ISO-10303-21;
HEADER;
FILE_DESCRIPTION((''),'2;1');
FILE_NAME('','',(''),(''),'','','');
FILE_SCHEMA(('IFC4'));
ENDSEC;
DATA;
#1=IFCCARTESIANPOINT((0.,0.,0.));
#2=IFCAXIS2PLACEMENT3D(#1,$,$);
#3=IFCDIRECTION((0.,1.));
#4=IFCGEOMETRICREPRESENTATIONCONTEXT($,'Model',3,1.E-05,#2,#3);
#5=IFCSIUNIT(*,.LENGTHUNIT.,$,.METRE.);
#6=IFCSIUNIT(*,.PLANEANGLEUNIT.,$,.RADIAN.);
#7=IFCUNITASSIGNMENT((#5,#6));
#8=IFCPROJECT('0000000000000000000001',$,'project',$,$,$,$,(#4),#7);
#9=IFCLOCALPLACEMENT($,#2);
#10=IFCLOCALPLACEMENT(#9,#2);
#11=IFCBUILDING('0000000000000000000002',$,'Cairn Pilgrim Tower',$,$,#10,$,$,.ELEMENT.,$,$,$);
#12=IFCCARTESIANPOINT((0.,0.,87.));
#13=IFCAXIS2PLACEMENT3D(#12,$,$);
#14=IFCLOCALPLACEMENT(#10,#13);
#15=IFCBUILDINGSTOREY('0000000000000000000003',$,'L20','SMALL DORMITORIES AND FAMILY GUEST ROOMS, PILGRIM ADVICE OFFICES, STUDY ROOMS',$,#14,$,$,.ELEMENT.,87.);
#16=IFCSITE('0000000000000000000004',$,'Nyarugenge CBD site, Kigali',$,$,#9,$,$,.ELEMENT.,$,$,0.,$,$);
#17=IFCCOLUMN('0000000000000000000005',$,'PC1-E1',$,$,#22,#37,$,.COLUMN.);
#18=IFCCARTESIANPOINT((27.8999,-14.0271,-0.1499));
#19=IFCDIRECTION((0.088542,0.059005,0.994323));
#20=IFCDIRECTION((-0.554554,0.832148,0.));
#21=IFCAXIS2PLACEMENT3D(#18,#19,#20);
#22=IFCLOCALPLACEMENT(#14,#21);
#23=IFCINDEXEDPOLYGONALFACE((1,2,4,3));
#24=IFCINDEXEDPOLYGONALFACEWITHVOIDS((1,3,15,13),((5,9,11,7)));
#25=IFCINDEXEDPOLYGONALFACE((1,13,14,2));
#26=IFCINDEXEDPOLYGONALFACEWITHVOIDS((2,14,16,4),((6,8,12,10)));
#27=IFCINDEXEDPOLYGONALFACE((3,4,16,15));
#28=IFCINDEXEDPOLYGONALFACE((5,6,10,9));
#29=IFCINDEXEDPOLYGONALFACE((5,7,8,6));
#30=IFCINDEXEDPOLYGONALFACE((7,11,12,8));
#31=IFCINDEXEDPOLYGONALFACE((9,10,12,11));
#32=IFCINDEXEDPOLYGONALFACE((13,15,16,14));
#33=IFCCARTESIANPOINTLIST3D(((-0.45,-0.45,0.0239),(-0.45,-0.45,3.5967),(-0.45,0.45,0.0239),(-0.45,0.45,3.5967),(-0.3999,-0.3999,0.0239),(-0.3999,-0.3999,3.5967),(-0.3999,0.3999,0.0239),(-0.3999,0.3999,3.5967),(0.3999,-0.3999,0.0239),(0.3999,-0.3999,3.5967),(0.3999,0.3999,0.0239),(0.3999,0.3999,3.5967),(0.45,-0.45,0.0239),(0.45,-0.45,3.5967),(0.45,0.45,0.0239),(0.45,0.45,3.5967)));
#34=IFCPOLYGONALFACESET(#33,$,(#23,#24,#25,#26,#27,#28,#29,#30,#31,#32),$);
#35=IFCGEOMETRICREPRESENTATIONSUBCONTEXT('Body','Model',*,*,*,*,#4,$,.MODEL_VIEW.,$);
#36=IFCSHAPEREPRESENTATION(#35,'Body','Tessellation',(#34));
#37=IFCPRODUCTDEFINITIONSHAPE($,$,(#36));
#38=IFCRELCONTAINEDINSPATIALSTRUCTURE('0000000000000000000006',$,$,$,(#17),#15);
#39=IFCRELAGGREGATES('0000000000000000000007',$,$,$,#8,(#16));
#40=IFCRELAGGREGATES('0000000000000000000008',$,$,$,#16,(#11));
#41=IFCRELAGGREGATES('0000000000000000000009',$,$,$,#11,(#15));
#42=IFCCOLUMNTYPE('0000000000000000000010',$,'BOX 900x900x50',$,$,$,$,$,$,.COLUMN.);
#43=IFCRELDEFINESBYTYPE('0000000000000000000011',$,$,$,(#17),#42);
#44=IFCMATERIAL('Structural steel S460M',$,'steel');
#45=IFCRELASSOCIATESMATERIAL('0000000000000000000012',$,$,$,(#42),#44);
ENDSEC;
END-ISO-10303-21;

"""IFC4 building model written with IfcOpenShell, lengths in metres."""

from ifc_helpers import new_model, si_unit, direction, frame, origin, origin_2d, place, context, subcontext, project, spatial, hollow_rectangle, extrude, clip, halfspace, material, material_profile, profile_set, type_object, element, save


model = new_model("IFC4")

# Units and contexts
model_context = context("Model", 3, precision=1e-05, world=origin(), true_north=direction((0.0, 1.0)))
body_context = subcontext(model_context, "Body", "Model", "MODEL_VIEW")
ifc_project = project(units=[si_unit("LENGTHUNIT", "METRE"), si_unit("PLANEANGLEUNIT", "RADIAN")], contexts=[model_context])

# Site, building, storey
site_placement = place(None, origin())
site = spatial("IfcSite", under=ifc_project, at=site_placement, Name="Nyarugenge CBD site, Kigali", CompositionType="ELEMENT", RefElevation=0.0)
building_placement = place(site_placement, origin())
building = spatial("IfcBuilding", under=site, at=building_placement, Name="Cairn Pilgrim Tower", CompositionType="ELEMENT")
storey_placement = place(building_placement, frame((0.0, 0.0, 87.0)))
storey = spatial("IfcBuildingStorey", under=building, at=storey_placement, Name="L20", Description="SMALL DORMITORIES AND FAMILY GUEST ROOMS, PILGRIM ADVICE OFFICES, STUDY ROOMS", CompositionType="ELEMENT", Elevation=87.0)

# Column
ifc_material_1 = material(Name="Structural steel S460M", Category="steel")
ifc_material_profile_1 = material_profile(ifc_material_1, hollow_rectangle(XDim=0.8999, YDim=0.8999, WallThickness=0.05, at=origin_2d()), Name="BOX 900x900x50")
ifc_profile_set_1 = profile_set([ifc_material_profile_1], Name="Structural steel S460M")
column_type_1 = type_object("IfcColumnType", Name="BOX 900x900x50", PredefinedType="COLUMN", material=ifc_profile_set_1)
column_1_placement = place(storey_placement, frame((27.8999, -14.0271, -0.1499), z_axis=(0.088542, 0.059005, 0.994323), x_axis=(-0.554554, 0.832148, 0.0)))
element("IfcColumn", 1, at=column_1_placement, inside=storey, type_object=column_type_1, Name="PC1-E1", PredefinedType="COLUMN", context=body_context, shape_type="Clipping", body=[
    clip(clip(extrude(hollow_rectangle(XDim=0.8999, YDim=0.8999, WallThickness=0.05, at=origin_2d()), origin(), (0.0, 0.0, 1.0), 3.6204), halfspace(frame((0.0, 0.0, 0.0239), z_axis=(0.0, 0.0, 1.0), x_axis=(1.0, 0.0, 0.0)), True)), halfspace(frame((0.0, 0.0, 3.5967), z_axis=(0.0, 0.0, 1.0), x_axis=(1.0, 0.0, 0.0)), False)),
])

save(model, "model.ifc")
